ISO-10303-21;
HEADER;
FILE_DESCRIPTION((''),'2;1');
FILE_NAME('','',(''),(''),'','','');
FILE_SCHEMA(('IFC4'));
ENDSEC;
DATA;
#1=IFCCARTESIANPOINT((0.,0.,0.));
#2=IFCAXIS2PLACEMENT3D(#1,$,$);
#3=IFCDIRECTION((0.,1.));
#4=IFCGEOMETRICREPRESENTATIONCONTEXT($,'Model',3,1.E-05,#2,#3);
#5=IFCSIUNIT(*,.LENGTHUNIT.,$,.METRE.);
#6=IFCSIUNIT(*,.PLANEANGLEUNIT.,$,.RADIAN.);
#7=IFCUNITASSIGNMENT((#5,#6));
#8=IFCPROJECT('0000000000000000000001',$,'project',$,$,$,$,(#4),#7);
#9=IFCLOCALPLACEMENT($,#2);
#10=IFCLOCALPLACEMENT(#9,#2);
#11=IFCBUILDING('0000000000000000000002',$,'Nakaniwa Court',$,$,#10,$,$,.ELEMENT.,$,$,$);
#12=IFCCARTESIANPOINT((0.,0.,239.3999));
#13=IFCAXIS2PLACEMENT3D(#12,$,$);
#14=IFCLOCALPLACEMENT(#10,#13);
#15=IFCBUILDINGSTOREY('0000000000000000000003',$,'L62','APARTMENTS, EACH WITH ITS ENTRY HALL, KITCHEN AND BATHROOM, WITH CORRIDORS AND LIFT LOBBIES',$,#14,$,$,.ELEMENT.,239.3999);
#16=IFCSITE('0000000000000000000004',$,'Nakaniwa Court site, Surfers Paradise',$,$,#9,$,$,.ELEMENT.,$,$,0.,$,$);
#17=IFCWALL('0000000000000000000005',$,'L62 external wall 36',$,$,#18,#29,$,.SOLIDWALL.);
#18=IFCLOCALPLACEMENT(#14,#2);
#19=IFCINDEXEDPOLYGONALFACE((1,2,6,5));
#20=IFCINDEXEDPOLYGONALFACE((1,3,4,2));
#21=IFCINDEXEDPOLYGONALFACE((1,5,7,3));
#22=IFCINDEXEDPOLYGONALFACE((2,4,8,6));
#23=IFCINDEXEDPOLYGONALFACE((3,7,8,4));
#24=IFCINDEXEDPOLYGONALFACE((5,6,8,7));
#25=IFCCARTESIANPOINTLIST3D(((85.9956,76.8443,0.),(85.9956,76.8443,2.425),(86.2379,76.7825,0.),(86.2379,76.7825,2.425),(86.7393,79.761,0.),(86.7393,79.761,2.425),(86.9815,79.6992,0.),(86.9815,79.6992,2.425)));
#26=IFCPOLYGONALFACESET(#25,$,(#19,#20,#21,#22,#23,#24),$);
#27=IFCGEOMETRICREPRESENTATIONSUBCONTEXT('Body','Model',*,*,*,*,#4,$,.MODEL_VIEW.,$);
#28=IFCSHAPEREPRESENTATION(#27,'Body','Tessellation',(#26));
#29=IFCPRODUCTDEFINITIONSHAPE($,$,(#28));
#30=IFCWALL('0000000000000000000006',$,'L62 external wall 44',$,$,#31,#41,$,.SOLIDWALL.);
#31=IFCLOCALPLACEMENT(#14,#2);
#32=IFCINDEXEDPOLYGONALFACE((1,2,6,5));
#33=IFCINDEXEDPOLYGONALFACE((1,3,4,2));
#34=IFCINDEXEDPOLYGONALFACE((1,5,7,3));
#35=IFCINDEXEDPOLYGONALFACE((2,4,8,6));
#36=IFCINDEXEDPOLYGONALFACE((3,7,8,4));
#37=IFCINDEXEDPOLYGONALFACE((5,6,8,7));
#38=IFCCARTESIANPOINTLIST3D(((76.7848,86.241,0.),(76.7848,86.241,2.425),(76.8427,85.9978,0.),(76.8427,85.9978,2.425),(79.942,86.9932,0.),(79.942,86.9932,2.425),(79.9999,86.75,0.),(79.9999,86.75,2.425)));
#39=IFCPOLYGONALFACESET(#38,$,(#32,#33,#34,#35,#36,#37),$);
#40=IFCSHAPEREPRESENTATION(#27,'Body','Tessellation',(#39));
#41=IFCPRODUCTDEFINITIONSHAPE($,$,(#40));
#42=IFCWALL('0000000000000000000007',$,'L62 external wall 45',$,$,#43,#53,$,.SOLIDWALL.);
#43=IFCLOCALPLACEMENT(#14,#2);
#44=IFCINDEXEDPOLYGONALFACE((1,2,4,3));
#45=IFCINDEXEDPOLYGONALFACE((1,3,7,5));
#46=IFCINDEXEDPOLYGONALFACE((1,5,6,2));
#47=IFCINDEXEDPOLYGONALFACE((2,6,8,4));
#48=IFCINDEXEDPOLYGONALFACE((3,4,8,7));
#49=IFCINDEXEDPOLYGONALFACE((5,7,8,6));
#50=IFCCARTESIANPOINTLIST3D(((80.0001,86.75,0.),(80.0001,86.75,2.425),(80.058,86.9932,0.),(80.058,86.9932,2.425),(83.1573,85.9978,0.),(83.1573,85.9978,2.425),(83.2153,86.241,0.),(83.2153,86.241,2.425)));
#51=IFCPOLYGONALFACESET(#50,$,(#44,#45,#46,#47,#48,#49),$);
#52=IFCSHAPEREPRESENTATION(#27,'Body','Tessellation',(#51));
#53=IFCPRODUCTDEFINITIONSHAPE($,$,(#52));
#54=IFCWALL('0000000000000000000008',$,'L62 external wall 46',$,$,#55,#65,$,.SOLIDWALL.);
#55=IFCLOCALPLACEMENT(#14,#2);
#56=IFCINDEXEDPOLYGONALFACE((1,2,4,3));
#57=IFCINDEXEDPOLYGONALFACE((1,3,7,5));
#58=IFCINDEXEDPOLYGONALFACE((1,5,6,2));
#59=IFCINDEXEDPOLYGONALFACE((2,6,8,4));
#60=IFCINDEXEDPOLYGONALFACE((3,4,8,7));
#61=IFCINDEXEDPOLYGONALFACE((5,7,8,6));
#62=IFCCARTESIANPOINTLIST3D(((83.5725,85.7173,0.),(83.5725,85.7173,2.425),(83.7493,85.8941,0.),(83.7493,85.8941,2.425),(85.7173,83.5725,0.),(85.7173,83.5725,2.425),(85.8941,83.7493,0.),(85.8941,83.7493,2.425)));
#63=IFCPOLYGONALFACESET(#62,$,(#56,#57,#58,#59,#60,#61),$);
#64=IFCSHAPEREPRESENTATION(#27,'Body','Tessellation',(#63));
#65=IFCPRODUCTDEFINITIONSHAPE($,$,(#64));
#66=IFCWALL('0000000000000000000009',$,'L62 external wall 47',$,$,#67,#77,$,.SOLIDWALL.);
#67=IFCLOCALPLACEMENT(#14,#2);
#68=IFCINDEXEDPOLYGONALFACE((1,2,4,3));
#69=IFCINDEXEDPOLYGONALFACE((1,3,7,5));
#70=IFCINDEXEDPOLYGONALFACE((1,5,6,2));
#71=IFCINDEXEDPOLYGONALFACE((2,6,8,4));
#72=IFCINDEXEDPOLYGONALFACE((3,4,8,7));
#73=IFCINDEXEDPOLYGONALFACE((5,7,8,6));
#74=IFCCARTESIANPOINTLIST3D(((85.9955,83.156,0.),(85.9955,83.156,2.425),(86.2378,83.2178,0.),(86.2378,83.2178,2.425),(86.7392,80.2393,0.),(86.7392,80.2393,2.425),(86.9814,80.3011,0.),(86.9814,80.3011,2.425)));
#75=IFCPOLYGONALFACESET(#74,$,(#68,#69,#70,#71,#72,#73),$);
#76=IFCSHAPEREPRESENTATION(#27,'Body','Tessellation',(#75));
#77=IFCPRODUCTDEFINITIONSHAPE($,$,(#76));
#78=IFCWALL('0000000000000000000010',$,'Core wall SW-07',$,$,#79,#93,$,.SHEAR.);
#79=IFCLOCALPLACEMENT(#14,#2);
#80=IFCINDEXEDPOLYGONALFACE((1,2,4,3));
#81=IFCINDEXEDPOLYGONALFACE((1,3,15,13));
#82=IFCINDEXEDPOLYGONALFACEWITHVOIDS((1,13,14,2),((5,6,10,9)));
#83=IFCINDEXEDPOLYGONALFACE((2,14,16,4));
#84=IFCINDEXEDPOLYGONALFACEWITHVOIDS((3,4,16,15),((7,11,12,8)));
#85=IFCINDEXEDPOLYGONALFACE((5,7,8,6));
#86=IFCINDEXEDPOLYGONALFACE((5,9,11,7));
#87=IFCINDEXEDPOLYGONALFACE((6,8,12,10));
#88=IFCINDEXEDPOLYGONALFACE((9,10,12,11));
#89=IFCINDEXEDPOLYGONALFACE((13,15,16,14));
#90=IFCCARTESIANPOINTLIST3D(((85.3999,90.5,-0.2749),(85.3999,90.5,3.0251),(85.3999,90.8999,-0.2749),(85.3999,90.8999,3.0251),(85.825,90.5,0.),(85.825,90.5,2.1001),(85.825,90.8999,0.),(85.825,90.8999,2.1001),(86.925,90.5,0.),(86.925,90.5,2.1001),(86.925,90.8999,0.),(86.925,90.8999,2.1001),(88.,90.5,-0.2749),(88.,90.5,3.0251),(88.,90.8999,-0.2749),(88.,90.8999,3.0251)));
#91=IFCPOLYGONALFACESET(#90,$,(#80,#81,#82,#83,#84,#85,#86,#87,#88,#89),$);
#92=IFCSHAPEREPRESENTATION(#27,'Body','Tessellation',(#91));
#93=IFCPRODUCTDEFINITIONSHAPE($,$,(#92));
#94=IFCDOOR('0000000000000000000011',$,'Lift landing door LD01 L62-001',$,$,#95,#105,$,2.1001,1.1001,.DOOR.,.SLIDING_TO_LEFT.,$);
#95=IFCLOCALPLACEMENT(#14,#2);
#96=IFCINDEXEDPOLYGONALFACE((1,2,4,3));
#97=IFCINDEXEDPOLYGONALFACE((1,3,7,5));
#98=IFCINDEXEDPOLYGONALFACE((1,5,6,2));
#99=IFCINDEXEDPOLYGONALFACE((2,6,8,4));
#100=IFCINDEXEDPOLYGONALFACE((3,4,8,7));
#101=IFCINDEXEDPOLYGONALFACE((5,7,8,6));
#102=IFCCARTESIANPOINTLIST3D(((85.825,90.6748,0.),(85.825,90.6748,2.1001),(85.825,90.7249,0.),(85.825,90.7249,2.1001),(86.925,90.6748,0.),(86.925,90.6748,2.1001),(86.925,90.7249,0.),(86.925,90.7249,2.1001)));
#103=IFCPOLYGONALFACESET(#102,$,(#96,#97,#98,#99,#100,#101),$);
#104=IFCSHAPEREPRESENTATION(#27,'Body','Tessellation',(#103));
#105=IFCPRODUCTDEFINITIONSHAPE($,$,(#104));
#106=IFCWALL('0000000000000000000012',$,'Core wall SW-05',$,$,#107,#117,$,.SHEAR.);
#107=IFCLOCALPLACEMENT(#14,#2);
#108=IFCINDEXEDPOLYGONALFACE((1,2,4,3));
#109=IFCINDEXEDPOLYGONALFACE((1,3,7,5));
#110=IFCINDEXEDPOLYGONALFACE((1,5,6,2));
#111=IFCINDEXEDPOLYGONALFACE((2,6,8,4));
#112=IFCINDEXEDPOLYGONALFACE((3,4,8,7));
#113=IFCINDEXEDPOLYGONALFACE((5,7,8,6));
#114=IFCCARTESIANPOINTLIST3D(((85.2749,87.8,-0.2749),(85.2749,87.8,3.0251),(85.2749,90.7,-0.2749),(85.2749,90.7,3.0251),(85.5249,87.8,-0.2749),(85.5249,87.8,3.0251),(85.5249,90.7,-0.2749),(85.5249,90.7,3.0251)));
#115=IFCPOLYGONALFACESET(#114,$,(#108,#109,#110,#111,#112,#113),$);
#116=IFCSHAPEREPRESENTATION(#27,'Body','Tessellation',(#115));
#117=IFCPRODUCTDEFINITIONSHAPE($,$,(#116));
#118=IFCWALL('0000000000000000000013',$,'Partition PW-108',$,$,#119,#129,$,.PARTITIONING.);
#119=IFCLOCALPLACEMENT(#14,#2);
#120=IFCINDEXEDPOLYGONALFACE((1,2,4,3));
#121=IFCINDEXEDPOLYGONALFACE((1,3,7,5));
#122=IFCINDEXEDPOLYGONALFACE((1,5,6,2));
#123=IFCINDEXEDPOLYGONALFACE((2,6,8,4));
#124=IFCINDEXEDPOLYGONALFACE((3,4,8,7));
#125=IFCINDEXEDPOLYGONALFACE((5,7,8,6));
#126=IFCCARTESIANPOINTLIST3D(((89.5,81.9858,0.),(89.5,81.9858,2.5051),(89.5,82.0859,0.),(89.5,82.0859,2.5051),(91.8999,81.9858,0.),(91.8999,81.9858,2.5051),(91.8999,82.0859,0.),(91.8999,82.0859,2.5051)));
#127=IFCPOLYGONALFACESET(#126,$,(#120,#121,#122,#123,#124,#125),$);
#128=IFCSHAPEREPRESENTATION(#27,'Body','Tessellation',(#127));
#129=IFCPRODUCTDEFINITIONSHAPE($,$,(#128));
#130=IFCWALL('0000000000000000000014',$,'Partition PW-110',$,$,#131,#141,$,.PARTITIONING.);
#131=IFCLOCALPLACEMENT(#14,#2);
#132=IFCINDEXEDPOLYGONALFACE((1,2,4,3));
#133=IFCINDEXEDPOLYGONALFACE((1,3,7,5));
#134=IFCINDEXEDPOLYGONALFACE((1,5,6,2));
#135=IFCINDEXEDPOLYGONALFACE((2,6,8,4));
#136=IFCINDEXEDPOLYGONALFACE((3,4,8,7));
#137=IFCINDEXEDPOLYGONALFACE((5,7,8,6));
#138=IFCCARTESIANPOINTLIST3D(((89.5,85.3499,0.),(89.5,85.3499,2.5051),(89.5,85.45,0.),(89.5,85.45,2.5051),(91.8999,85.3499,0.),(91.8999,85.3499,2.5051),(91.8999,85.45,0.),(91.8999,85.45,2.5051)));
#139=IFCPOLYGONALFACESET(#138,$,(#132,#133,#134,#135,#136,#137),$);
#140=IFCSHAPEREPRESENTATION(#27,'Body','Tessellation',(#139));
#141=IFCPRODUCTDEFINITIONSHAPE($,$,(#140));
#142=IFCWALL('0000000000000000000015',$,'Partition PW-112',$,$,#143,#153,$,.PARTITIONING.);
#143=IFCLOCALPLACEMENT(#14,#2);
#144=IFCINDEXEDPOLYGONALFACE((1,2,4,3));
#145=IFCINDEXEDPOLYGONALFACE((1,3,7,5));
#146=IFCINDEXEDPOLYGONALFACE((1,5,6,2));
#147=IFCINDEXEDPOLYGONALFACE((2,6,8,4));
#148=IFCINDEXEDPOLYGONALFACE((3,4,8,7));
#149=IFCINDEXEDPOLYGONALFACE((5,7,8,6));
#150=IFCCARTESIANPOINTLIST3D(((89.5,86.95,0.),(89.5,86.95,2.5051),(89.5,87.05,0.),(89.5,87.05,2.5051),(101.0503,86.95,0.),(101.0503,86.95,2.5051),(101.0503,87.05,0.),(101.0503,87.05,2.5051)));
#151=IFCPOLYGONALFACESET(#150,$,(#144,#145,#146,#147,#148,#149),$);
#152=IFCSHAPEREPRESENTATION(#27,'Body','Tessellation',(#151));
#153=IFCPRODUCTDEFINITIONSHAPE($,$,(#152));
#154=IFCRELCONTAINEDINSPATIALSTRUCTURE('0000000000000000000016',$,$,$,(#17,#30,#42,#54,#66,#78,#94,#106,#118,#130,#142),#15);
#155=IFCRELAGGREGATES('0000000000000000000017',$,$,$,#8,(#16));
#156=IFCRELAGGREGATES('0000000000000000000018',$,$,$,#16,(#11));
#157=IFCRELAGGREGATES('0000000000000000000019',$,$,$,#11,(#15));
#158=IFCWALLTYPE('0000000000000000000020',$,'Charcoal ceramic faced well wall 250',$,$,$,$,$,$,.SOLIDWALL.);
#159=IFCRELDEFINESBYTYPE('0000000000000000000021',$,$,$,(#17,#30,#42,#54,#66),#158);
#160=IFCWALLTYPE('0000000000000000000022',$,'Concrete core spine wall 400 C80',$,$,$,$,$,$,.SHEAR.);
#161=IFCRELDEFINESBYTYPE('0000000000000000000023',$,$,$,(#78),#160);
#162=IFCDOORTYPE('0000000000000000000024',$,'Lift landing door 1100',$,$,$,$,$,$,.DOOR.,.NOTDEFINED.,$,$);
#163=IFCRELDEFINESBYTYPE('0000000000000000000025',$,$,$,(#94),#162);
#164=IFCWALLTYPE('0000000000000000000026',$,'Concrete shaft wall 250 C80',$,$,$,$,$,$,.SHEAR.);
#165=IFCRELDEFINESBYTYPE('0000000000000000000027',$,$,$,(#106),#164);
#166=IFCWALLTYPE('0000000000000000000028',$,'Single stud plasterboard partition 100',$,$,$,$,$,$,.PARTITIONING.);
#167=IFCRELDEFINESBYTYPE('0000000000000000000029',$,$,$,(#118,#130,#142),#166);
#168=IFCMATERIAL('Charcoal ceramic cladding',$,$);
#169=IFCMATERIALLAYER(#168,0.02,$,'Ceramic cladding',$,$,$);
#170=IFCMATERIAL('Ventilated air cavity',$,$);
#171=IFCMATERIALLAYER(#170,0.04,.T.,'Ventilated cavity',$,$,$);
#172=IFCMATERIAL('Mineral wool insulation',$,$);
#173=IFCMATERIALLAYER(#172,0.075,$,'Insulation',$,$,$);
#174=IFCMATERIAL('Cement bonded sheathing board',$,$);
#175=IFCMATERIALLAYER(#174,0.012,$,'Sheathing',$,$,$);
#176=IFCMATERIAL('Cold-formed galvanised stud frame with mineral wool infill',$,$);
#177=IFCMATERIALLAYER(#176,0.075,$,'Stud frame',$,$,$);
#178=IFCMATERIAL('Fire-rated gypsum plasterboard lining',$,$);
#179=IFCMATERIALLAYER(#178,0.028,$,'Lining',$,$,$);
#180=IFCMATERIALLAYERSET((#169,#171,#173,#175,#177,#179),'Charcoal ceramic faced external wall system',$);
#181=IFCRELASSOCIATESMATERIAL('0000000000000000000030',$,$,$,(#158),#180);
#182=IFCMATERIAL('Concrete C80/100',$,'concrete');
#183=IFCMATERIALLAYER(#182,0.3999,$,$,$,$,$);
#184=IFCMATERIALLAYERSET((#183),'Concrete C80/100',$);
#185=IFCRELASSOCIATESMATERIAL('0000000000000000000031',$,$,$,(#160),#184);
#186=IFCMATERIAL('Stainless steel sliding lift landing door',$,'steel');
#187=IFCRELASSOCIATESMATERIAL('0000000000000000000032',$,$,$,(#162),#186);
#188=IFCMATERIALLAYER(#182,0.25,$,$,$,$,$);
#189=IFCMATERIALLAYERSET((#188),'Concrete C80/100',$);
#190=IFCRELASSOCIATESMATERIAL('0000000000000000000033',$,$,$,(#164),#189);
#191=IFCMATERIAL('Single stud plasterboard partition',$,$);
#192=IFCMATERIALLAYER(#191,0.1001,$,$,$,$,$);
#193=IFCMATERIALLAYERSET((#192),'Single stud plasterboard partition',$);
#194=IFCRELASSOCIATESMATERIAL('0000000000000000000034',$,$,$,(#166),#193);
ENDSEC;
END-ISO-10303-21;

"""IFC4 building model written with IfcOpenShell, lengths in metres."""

from ifc_helpers import new_model, si_unit, direction, frame, frame_2d, origin, place, context, subcontext, project, spatial, rectangle, extrude, material, layer, layer_set, type_object, element, fill, save


model = new_model("IFC4")

# Units and contexts
model_context = context("Model", 3, precision=1e-05, world=origin(), true_north=direction((0.0, 1.0)))
body_context = subcontext(model_context, "Body", "Model", "MODEL_VIEW")
ifc_project = project(units=[si_unit("LENGTHUNIT", "METRE"), si_unit("PLANEANGLEUNIT", "RADIAN")], contexts=[model_context])

# Site, building, storey
site_placement = place(None, origin())
site = spatial("IfcSite", under=ifc_project, at=site_placement, Name="Nakaniwa Court site, Surfers Paradise", CompositionType="ELEMENT", RefElevation=0.0)
building_placement = place(site_placement, origin())
building = spatial("IfcBuilding", under=site, at=building_placement, Name="Nakaniwa Court", CompositionType="ELEMENT")
storey_placement = place(building_placement, frame((0.0, 0.0, 239.3999)))
storey = spatial("IfcBuildingStorey", under=building, at=storey_placement, Name="L62", Description="APARTMENTS, EACH WITH ITS ENTRY HALL, KITCHEN AND BATHROOM, WITH CORRIDORS AND LIFT LOBBIES", CompositionType="ELEMENT", Elevation=239.3999)

# Shared definitions
ifc_material_1 = material(Name="Concrete C80/100", Category="concrete")

# Walls
ifc_material_2 = material(Name="Charcoal ceramic cladding")
ifc_layer_1 = layer(ifc_material_2, 0.02, Name="Ceramic cladding")
ifc_material_3 = material(Name="Ventilated air cavity")
ifc_layer_2 = layer(ifc_material_3, 0.04, ventilated=True, Name="Ventilated cavity")
ifc_material_4 = material(Name="Mineral wool insulation")
ifc_layer_3 = layer(ifc_material_4, 0.075, Name="Insulation")
ifc_material_5 = material(Name="Cement bonded sheathing board")
ifc_layer_4 = layer(ifc_material_5, 0.012, Name="Sheathing")
ifc_material_6 = material(Name="Cold-formed galvanised stud frame with mineral wool infill")
ifc_layer_5 = layer(ifc_material_6, 0.075, Name="Stud frame")
ifc_material_7 = material(Name="Fire-rated gypsum plasterboard lining")
ifc_layer_6 = layer(ifc_material_7, 0.028, Name="Lining")
ifc_layer_set_1 = layer_set([ifc_layer_1, ifc_layer_2, ifc_layer_3, ifc_layer_4, ifc_layer_5, ifc_layer_6], Name="Charcoal ceramic faced external wall system")
wall_type_1 = type_object("IfcWallType", Name="Charcoal ceramic faced well wall 250", PredefinedType="SOLIDWALL", material=ifc_layer_set_1)
wall_1_placement = place(storey_placement, frame((86.8604, 79.73, 0.0), z_axis=(0.0, 0.0, 1.0), x_axis=(-0.247056, -0.969001, 0.0)))
element("IfcWall", 1, at=wall_1_placement, inside=storey, type_object=wall_type_1, Name="L62 external wall 36", PredefinedType="SOLIDWALL", context=body_context, shape_type="SweptSolid", body=[
    extrude(rectangle(XDim=3.01, YDim=0.25, at=frame_2d((1.5049, 0.0))), origin(), (0.0, 0.0, 1.0), 2.425),
])
for number, where, z_axis, x_axis, name in (
    (2, (76.8137, 86.1194, 0.0), (0.0, 0.0, 1.0), (0.972773, 0.23176, 0.0), "L62 external wall 44"),
    (3, (80.0291, 86.8716, 0.0), (0.0, 0.0, 1.0), (0.972773, -0.23176, 0.0), "L62 external wall 45"),
):
    element("IfcWall", number, at=place(storey_placement, frame(where, z_axis=z_axis, x_axis=x_axis)), inside=storey, type_object=wall_type_1, Name=name, PredefinedType="SOLIDWALL", context=body_context, shape_type="SweptSolid", body=[
        extrude(rectangle(XDim=3.2456, YDim=0.25, at=frame_2d((1.6228, 0.0))), origin(), (0.0, 0.0, 1.0), 2.425),
    ])
wall_2_placement = place(storey_placement, frame((83.6609, 85.8057, 0.0), z_axis=(0.0, 0.0, 1.0), x_axis=(0.707107, -0.707107, 0.0)))
element("IfcWall", 4, at=wall_2_placement, inside=storey, type_object=wall_type_1, Name="L62 external wall 46", PredefinedType="SOLIDWALL", context=body_context, shape_type="SweptSolid", body=[
    extrude(rectangle(XDim=3.0332, YDim=0.25, at=frame_2d((1.5166, 0.0))), origin(), (0.0, 0.0, 1.0), 2.425),
])
wall_3_placement = place(storey_placement, frame((86.1167, 83.1868, 0.0), z_axis=(0.0, 0.0, 1.0), x_axis=(0.247056, -0.969001, 0.0)))
element("IfcWall", 5, at=wall_3_placement, inside=storey, type_object=wall_type_1, Name="L62 external wall 47", PredefinedType="SOLIDWALL", context=body_context, shape_type="SweptSolid", body=[
    extrude(rectangle(XDim=3.01, YDim=0.25, at=frame_2d((1.5049, 0.0))), origin(), (0.0, 0.0, 1.0), 2.425),
])

# Wall, opening, door
ifc_layer_7 = layer(ifc_material_1, 0.3999)
ifc_layer_set_2 = layer_set([ifc_layer_7], Name="Concrete C80/100")
wall_type_2 = type_object("IfcWallType", Name="Concrete core spine wall 400 C80", PredefinedType="SHEAR", material=ifc_layer_set_2)
wall_4_placement = place(storey_placement, frame((85.3999, 90.7, -0.2749), z_axis=(0.0, 0.0, 1.0), x_axis=(1.0, 0.0, 0.0)))
wall_4 = element("IfcWall", 6, at=wall_4_placement, inside=storey, type_object=wall_type_2, Name="Core wall SW-07", PredefinedType="SHEAR", context=body_context, shape_type="SweptSolid", body=[
    extrude(rectangle(XDim=2.6001, YDim=0.3999, at=frame_2d((1.3, 0.0))), origin(), (0.0, 0.0, 1.0), 3.3),
])
opening_1_placement = place(wall_4_placement, frame((0.425, 0.0, 0.2749)))
opening_1 = element("IfcOpeningElement", 7, at=opening_1_placement, cuts=wall_4, PredefinedType="OPENING", context=body_context, shape_type="SweptSolid", body=[
    extrude(rectangle(XDim=1.1001, YDim=2.1001, at=frame_2d((0.55, 1.05))), frame((0.0, 0.21, 0.0), z_axis=(0.0, -1.0, 0.0), x_axis=(1.0, 0.0, 0.0)), (0.0, 0.0, 1.0), 0.4199),
])
ifc_material_8 = material(Name="Stainless steel sliding lift landing door", Category="steel")
door_type_1 = type_object("IfcDoorType", Name="Lift landing door 1100", OperationType="NOTDEFINED", PredefinedType="DOOR", material=ifc_material_8)
door_1_placement = place(opening_1_placement, origin())
door_1 = element("IfcDoor", 8, at=door_1_placement, inside=storey, type_object=door_type_1, Name="Lift landing door LD01 L62-001", OperationType="SLIDING_TO_LEFT", OverallHeight=2.1001, OverallWidth=1.1001, PredefinedType="DOOR", context=body_context, shape_type="SweptSolid", body=[
    extrude(rectangle(XDim=1.1001, YDim=2.1001, at=frame_2d((0.55, 1.05))), frame((0.0, 0.0249, 0.0), z_axis=(0.0, -1.0, 0.0), x_axis=(1.0, 0.0, 0.0)), (0.0, 0.0, 1.0), 0.05),
])
fill(opening_1, door_1)

# Walls
ifc_layer_8 = layer(ifc_material_1, 0.25)
ifc_layer_set_3 = layer_set([ifc_layer_8], Name="Concrete C80/100")
wall_type_3 = type_object("IfcWallType", Name="Concrete shaft wall 250 C80", PredefinedType="SHEAR", material=ifc_layer_set_3)
wall_5_placement = place(storey_placement, frame((85.3999, 87.8, -0.2749), z_axis=(0.0, 0.0, 1.0), x_axis=(0.0, 1.0, 0.0)))
element("IfcWall", 9, at=wall_5_placement, inside=storey, type_object=wall_type_3, Name="Core wall SW-05", PredefinedType="SHEAR", context=body_context, shape_type="SweptSolid", body=[
    extrude(rectangle(XDim=2.8999, YDim=0.25, at=frame_2d((1.45, 0.0))), origin(), (0.0, 0.0, 1.0), 3.3),
])
ifc_material_9 = material(Name="Single stud plasterboard partition")
ifc_layer_9 = layer(ifc_material_9, 0.1001)
ifc_layer_set_4 = layer_set([ifc_layer_9], Name="Single stud plasterboard partition")
wall_type_4 = type_object("IfcWallType", Name="Single stud plasterboard partition 100", PredefinedType="PARTITIONING", material=ifc_layer_set_4)
for number, where, z_axis, x_axis, name in (
    (10, (89.5, 82.0359, 0.0), (0.0, 0.0, 1.0), (1.0, 0.0, 0.0), "Partition PW-108"),
    (11, (89.5, 85.3999, 0.0), (0.0, 0.0, 1.0), (1.0, 0.0, 0.0), "Partition PW-110"),
):
    element("IfcWall", number, at=place(storey_placement, frame(where, z_axis=z_axis, x_axis=x_axis)), inside=storey, type_object=wall_type_4, Name=name, PredefinedType="PARTITIONING", context=body_context, shape_type="SweptSolid", body=[
        extrude(rectangle(XDim=2.3999, YDim=0.1001, at=frame_2d((1.2, 0.0))), origin(), (0.0, 0.0, 1.0), 2.5051),
    ])
wall_6_placement = place(storey_placement, frame((89.5, 87.0, 0.0), z_axis=(0.0, 0.0, 1.0), x_axis=(1.0, 0.0, 0.0)))
element("IfcWall", 12, at=wall_6_placement, inside=storey, type_object=wall_type_4, Name="Partition PW-112", PredefinedType="PARTITIONING", context=body_context, shape_type="SweptSolid", body=[
    extrude(rectangle(XDim=11.5503, YDim=0.1001, at=frame_2d((5.7751, 0.0))), origin(), (0.0, 0.0, 1.0), 2.5051),
])

save(model, "model.ifc")
